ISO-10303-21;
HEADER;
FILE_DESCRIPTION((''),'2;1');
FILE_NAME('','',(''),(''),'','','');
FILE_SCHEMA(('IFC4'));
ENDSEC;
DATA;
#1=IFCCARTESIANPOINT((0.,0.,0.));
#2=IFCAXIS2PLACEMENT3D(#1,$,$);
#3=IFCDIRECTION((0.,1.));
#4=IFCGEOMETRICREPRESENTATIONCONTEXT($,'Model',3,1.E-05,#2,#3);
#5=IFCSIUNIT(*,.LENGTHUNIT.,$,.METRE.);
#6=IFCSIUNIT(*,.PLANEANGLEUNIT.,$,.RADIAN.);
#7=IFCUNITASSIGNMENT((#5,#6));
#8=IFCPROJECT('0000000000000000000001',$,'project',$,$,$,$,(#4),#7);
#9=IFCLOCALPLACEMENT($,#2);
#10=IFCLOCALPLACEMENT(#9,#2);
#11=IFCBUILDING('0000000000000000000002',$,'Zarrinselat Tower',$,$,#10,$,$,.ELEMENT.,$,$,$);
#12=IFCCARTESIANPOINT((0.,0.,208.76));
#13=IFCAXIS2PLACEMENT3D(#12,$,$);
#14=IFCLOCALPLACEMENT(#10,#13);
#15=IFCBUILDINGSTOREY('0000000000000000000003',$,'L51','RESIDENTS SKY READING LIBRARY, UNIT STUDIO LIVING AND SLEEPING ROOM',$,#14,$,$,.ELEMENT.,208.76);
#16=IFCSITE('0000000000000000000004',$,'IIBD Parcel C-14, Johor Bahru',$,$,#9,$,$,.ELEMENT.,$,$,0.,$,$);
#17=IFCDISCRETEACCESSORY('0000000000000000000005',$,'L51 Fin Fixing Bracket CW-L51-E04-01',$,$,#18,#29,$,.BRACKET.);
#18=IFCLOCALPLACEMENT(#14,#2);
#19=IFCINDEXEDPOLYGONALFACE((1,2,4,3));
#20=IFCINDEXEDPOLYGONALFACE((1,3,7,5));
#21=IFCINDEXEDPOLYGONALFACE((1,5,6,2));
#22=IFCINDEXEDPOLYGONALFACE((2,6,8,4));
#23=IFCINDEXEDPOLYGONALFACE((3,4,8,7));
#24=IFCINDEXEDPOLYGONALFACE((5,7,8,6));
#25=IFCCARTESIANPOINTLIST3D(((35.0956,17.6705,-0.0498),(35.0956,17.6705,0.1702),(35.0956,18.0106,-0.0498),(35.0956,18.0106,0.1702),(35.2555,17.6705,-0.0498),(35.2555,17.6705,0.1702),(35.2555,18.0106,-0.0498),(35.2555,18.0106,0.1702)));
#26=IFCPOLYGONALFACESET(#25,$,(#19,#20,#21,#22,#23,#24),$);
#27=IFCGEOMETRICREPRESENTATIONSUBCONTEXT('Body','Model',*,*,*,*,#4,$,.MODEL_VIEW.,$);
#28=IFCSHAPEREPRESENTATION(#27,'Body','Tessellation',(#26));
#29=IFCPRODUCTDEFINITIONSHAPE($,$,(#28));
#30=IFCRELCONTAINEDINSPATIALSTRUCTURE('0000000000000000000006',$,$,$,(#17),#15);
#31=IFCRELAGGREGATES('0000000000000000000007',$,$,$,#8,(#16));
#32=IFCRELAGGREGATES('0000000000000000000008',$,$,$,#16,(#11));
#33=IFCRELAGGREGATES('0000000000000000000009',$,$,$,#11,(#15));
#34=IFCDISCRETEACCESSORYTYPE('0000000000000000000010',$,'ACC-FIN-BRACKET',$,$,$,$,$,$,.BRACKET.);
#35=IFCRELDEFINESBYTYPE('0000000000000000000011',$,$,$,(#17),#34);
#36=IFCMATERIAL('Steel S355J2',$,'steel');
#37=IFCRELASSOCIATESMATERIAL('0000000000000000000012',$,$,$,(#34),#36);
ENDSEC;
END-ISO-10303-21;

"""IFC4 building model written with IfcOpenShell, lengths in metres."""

from ifc_helpers import new_model, si_unit, direction, frame, origin, origin_2d, place, context, subcontext, project, spatial, rectangle, extrude, material, type_object, element, save


model = new_model("IFC4")

# Units and contexts
model_context = context("Model", 3, precision=1e-05, world=origin(), true_north=direction((0.0, 1.0)))
body_context = subcontext(model_context, "Body", "Model", "MODEL_VIEW")
ifc_project = project(units=[si_unit("LENGTHUNIT", "METRE"), si_unit("PLANEANGLEUNIT", "RADIAN")], contexts=[model_context])

# Site, building, storey
site_placement = place(None, origin())
site = spatial("IfcSite", under=ifc_project, at=site_placement, Name="IIBD Parcel C-14, Johor Bahru", CompositionType="ELEMENT", RefElevation=0.0)
building_placement = place(site_placement, origin())
building = spatial("IfcBuilding", under=site, at=building_placement, Name="Zarrinselat Tower", CompositionType="ELEMENT")
storey_placement = place(building_placement, frame((0.0, 0.0, 208.76)))
storey = spatial("IfcBuildingStorey", under=building, at=storey_placement, Name="L51", Description="RESIDENTS SKY READING LIBRARY, UNIT STUDIO LIVING AND SLEEPING ROOM", CompositionType="ELEMENT", Elevation=208.76)

# Discrete accessory
ifc_material_1 = material(Name="Steel S355J2", Category="steel")
discrete_accessory_type = type_object("IfcDiscreteAccessoryType", Name="ACC-FIN-BRACKET", PredefinedType="BRACKET", material=ifc_material_1)
discrete_accessory_placement = place(storey_placement, frame((35.1755, 17.8406, -0.0498), z_axis=(0.0, 0.0, 1.0), x_axis=(0.0, -1.0, 0.0)))
element("IfcDiscreteAccessory", 1, at=discrete_accessory_placement, inside=storey, type_object=discrete_accessory_type, Name="L51 Fin Fixing Bracket CW-L51-E04-01", PredefinedType="BRACKET", context=body_context, shape_type="SweptSolid", body=[
    extrude(rectangle(XDim=0.3401, YDim=0.1599, at=origin_2d()), origin(), (0.0, 0.0, 1.0), 0.22),
])

save(model, "model.ifc")
